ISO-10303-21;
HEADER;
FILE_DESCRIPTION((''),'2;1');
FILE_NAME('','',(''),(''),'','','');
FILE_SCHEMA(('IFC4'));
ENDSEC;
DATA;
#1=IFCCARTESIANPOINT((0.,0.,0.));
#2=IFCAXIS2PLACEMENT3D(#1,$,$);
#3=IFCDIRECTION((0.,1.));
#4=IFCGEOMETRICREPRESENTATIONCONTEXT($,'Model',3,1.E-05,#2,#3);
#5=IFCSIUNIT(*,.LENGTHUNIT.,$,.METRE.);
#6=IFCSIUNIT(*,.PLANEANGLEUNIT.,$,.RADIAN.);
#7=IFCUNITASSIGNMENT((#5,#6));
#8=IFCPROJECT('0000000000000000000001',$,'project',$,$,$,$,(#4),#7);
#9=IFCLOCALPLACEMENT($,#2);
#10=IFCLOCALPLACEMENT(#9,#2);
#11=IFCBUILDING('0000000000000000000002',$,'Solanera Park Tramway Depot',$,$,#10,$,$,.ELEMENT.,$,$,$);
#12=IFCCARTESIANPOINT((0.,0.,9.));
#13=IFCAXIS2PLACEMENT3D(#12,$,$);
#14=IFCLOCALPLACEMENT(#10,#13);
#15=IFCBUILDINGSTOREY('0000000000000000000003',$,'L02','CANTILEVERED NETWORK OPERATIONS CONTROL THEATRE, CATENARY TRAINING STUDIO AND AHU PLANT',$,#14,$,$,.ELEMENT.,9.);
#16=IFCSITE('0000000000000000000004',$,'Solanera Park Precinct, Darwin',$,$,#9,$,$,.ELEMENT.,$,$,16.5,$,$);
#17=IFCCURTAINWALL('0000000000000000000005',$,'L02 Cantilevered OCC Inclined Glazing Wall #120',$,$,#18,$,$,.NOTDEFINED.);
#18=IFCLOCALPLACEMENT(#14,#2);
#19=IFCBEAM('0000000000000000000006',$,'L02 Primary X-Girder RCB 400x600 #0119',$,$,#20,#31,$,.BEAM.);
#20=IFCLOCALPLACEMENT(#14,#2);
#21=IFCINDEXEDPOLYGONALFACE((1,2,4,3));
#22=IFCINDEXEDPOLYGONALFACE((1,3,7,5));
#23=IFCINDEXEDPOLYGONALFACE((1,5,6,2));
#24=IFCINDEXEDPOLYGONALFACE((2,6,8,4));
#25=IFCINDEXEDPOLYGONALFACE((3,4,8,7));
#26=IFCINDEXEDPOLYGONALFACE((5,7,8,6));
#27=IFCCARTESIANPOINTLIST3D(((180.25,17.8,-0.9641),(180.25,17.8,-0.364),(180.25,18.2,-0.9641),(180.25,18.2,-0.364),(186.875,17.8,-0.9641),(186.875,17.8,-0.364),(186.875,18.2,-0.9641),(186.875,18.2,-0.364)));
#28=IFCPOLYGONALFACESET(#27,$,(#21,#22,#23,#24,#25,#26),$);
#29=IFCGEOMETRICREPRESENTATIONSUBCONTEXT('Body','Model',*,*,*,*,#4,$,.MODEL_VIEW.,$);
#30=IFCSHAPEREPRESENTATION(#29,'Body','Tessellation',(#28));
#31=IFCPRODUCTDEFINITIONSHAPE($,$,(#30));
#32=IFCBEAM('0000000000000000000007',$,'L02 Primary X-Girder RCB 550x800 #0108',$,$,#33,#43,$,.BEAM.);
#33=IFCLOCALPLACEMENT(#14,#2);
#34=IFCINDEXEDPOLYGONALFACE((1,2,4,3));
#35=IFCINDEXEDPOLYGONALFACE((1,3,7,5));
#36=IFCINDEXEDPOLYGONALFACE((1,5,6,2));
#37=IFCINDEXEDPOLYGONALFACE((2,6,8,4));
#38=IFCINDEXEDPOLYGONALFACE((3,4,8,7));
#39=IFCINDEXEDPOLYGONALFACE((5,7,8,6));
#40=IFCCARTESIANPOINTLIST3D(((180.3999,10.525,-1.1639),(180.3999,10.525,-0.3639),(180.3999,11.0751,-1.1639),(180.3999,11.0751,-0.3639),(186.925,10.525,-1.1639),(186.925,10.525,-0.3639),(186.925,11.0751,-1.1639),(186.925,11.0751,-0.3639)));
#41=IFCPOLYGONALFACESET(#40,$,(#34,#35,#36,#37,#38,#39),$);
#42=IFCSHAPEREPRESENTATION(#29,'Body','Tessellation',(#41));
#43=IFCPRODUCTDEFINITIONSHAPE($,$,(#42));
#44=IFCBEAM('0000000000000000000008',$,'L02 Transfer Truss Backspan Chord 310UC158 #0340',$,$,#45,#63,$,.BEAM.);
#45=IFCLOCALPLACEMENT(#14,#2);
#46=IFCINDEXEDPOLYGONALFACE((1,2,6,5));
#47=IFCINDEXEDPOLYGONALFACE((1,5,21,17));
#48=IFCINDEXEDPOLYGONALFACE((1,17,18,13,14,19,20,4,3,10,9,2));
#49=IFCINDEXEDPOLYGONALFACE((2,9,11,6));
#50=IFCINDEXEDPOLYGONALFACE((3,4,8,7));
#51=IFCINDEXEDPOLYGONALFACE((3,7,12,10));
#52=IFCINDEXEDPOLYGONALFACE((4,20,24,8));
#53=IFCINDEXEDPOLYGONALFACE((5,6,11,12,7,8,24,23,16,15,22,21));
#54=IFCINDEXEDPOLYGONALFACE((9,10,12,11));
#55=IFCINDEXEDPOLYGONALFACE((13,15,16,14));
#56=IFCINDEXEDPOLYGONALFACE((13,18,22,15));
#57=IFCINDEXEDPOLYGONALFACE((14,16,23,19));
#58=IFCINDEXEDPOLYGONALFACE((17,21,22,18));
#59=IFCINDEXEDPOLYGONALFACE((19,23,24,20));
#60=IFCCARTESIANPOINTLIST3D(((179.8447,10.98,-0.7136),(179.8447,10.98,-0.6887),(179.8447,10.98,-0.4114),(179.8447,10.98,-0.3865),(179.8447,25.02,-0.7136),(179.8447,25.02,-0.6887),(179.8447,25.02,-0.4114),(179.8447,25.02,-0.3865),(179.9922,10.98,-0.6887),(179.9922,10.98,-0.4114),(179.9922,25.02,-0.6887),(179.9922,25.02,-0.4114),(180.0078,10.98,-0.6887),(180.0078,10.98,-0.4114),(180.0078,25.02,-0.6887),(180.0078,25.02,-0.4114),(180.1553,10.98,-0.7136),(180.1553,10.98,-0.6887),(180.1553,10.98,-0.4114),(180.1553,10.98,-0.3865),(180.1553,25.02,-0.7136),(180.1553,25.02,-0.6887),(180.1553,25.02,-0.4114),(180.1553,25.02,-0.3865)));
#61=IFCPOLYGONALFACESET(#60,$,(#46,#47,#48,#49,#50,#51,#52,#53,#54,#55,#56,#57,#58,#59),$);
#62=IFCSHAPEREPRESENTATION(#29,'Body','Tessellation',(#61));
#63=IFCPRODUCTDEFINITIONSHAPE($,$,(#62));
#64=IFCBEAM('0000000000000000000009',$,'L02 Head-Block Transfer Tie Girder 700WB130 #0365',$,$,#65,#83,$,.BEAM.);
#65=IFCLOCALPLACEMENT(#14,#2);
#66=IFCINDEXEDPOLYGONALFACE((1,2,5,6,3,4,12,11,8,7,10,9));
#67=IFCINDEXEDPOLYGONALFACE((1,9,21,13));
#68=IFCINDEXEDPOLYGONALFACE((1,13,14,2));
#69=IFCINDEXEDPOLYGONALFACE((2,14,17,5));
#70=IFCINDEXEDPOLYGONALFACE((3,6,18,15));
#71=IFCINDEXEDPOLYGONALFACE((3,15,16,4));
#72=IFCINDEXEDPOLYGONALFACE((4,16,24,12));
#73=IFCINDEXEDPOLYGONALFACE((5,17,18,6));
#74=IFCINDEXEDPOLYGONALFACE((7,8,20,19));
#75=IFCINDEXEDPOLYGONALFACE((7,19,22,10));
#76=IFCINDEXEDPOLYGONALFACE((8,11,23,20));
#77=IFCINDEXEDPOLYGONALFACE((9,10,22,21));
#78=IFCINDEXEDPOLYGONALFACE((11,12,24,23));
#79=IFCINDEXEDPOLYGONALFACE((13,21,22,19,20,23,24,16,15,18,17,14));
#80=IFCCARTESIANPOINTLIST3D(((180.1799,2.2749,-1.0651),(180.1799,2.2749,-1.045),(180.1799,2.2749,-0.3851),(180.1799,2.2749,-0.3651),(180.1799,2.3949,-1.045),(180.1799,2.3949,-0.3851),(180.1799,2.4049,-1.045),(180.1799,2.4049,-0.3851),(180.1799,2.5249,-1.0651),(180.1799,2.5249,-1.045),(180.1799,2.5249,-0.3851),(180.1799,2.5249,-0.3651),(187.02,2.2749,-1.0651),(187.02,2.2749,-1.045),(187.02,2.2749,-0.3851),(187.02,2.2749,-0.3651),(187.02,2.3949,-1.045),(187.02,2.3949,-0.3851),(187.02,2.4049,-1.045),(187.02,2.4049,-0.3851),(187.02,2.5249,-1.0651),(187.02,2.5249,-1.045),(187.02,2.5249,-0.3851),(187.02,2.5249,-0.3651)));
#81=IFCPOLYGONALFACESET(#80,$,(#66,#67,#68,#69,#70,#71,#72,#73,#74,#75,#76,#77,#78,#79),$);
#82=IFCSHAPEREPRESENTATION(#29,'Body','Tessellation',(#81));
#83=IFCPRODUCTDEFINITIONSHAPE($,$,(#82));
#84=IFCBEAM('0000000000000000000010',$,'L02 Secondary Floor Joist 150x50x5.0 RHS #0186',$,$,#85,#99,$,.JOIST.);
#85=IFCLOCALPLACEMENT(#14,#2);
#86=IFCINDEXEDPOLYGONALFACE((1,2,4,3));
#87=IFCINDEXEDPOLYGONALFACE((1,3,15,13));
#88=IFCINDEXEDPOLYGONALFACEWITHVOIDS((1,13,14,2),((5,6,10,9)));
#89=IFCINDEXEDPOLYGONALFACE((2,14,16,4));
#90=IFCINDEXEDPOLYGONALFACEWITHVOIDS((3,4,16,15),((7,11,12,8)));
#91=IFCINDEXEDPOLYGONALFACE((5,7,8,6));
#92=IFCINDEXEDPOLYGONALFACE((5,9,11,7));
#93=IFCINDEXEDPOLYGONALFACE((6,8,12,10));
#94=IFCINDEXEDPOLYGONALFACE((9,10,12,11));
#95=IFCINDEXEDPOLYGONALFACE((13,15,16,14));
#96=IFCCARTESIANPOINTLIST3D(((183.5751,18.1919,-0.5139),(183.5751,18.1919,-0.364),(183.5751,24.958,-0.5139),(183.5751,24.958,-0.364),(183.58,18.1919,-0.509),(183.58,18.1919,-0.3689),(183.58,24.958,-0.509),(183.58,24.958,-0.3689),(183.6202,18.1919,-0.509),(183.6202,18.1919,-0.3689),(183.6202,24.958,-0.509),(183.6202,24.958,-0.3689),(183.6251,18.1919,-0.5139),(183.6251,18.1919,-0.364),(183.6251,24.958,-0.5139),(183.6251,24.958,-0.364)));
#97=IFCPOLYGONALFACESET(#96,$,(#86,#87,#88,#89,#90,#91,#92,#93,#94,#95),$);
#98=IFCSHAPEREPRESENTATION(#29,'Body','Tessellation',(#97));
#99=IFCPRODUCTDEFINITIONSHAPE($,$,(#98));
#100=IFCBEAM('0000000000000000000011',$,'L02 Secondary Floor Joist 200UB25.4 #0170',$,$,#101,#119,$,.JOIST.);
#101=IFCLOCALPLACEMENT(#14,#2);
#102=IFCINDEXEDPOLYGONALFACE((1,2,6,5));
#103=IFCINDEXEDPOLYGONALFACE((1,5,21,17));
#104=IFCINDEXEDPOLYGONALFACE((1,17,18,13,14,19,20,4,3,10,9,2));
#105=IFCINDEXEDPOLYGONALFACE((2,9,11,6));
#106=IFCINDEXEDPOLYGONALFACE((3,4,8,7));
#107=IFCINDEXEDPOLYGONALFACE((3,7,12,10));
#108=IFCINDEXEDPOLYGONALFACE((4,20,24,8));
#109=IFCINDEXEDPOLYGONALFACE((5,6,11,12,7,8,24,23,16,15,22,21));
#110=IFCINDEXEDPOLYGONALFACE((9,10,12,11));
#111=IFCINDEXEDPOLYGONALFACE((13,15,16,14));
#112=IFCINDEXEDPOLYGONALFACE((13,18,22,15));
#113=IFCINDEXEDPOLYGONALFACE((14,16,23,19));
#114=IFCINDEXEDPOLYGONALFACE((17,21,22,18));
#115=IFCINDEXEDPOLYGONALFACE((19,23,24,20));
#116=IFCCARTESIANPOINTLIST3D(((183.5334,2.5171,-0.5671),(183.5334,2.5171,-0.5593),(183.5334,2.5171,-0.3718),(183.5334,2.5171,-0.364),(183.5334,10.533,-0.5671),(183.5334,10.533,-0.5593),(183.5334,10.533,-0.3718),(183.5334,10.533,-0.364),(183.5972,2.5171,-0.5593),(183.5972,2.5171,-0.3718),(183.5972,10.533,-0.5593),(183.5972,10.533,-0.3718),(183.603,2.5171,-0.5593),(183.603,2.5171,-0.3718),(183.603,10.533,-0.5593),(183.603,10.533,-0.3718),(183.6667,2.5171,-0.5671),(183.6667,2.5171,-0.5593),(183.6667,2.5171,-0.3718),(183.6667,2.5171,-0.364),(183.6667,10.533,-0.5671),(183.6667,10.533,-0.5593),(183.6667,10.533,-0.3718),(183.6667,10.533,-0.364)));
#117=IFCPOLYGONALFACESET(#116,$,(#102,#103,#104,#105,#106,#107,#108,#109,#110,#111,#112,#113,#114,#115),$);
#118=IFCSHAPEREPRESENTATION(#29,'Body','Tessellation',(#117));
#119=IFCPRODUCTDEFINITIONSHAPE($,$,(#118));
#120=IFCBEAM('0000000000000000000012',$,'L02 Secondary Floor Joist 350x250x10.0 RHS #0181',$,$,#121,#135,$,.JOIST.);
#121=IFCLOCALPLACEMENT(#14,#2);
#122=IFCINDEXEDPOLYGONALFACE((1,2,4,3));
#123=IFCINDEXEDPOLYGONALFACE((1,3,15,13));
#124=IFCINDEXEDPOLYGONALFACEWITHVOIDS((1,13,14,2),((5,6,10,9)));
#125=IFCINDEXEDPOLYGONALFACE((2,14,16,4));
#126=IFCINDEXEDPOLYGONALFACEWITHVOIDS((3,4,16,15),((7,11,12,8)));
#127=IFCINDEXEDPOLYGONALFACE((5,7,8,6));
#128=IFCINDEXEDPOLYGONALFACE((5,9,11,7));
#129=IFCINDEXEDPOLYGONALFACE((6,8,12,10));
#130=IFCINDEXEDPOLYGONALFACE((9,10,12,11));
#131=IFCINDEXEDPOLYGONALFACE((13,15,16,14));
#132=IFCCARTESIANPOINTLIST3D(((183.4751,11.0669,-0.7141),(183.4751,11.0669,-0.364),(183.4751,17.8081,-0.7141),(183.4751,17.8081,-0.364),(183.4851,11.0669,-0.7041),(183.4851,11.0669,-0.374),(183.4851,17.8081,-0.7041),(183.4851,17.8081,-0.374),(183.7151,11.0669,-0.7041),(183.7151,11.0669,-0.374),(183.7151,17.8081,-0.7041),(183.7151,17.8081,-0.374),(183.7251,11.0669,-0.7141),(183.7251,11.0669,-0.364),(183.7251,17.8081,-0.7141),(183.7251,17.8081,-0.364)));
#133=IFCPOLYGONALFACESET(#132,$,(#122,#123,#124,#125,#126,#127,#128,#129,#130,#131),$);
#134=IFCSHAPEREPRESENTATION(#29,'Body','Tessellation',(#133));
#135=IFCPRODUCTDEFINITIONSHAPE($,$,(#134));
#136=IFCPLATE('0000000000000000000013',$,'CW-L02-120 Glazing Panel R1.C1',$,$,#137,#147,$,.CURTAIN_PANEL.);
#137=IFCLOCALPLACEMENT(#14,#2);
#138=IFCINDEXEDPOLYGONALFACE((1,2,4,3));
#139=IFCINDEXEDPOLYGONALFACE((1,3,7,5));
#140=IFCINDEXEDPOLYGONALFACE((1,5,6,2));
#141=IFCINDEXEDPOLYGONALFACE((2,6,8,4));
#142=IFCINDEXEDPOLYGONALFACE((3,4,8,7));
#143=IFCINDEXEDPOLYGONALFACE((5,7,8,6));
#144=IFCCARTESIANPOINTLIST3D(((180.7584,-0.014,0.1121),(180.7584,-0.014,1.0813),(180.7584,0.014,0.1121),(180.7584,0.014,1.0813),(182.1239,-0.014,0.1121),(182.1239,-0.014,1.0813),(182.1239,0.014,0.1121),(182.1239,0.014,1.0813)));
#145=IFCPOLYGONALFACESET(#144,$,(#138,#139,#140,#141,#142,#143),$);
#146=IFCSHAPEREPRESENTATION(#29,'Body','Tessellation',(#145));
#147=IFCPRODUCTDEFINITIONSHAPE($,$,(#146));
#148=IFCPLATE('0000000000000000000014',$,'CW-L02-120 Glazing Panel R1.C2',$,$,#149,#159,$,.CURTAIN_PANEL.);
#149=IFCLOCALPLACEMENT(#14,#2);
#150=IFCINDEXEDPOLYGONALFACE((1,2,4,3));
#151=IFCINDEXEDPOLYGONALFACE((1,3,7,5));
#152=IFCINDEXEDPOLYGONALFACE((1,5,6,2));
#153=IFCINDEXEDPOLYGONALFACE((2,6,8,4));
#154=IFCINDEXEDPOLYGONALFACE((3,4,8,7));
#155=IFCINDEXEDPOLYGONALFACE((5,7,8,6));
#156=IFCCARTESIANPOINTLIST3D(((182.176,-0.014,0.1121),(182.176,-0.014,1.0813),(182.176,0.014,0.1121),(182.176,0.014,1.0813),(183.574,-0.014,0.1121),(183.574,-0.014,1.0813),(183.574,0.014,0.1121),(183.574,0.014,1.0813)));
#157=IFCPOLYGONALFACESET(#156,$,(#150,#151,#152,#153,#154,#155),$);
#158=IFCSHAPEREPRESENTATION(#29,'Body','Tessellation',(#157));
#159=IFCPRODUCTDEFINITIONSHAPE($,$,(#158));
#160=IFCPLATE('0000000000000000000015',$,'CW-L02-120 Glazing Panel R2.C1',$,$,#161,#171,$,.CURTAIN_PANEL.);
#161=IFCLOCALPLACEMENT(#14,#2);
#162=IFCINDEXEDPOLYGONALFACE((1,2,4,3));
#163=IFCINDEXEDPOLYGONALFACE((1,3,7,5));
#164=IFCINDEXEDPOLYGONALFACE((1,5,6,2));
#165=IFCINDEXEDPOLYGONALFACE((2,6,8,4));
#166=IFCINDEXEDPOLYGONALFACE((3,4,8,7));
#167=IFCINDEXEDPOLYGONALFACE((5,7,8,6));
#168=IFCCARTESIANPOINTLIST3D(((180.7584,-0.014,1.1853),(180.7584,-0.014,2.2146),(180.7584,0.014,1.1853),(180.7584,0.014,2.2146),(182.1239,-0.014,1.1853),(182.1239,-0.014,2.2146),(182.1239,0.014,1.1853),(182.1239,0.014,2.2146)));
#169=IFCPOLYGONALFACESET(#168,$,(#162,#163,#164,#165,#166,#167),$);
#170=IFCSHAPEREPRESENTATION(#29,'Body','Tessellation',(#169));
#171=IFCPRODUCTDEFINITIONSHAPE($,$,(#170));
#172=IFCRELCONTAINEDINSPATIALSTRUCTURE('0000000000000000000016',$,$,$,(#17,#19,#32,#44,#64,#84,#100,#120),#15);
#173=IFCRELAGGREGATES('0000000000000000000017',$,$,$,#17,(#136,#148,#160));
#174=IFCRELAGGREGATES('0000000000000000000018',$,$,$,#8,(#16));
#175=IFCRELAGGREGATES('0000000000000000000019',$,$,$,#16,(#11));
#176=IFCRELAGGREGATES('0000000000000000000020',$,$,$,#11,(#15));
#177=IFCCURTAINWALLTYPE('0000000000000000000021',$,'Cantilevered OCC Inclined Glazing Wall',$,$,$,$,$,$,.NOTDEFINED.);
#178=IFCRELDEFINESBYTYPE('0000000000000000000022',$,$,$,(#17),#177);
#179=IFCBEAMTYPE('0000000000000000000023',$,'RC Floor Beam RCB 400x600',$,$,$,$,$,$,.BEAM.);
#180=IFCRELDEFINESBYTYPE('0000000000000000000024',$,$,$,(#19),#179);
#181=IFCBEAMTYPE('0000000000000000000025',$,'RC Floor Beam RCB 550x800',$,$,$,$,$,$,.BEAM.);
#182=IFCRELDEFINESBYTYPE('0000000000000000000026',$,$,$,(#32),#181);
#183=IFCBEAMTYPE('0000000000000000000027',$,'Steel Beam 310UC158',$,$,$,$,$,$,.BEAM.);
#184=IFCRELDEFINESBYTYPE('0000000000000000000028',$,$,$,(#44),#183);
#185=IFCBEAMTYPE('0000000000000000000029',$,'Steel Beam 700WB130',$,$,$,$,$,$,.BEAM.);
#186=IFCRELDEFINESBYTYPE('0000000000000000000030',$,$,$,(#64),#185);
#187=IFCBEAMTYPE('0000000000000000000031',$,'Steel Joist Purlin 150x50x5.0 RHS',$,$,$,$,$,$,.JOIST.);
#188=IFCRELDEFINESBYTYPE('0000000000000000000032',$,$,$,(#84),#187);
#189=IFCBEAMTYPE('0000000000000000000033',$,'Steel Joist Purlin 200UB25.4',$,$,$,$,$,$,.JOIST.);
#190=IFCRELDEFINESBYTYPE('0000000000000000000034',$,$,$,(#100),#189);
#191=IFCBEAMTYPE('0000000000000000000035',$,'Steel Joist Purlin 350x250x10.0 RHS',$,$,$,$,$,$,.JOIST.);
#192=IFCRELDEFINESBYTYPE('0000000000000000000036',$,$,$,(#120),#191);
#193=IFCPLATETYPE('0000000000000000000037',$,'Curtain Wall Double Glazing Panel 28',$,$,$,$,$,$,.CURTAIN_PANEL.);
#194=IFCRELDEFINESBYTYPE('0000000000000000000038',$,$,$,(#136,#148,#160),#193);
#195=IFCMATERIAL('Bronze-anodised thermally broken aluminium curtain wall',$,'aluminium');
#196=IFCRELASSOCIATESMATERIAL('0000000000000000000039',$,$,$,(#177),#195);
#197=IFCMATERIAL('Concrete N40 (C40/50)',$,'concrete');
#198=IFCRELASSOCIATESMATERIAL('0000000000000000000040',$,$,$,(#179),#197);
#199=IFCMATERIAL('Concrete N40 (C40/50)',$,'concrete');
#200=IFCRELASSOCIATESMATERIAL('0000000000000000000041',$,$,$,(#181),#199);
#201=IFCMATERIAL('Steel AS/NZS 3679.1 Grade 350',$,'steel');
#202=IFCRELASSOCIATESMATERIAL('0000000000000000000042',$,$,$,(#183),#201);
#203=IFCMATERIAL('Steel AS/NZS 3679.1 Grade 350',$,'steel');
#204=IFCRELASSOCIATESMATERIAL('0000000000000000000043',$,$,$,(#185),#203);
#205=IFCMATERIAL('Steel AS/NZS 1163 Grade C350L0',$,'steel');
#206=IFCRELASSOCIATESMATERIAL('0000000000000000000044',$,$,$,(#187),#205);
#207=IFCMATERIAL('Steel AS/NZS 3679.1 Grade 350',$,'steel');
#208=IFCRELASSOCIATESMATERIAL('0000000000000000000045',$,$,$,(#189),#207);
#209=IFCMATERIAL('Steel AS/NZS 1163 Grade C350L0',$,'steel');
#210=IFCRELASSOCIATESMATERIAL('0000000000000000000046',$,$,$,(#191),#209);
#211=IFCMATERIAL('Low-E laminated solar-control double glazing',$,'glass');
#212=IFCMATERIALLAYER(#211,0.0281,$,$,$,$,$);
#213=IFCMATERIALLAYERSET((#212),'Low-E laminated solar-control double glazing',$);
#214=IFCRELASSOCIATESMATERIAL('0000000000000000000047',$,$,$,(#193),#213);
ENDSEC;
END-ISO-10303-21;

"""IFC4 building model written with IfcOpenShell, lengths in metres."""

from ifc_helpers import new_model, si_unit, direction, frame, origin, origin_2d, place, context, subcontext, project, spatial, rectangle, hollow_rectangle, i_section, extrude, material, layer, layer_set, material_profile, profile_set, type_object, element, aggregate, save


model = new_model("IFC4")

# Units and contexts
model_context = context("Model", 3, precision=1e-05, world=origin(), true_north=direction((0.0, 1.0)))
body_context = subcontext(model_context, "Body", "Model", "MODEL_VIEW")
ifc_project = project(units=[si_unit("LENGTHUNIT", "METRE"), si_unit("PLANEANGLEUNIT", "RADIAN")], contexts=[model_context])

# Site, building, storey
site_placement = place(None, origin())
site = spatial("IfcSite", under=ifc_project, at=site_placement, Name="Solanera Park Precinct, Darwin", CompositionType="ELEMENT", RefElevation=16.5)
building_placement = place(site_placement, origin())
building = spatial("IfcBuilding", under=site, at=building_placement, Name="Solanera Park Tramway Depot", CompositionType="ELEMENT")
storey_placement = place(building_placement, frame((0.0, 0.0, 9.0)))
storey = spatial("IfcBuildingStorey", under=building, at=storey_placement, Name="L02", Description="CANTILEVERED NETWORK OPERATIONS CONTROL THEATRE, CATENARY TRAINING STUDIO AND AHU PLANT", CompositionType="ELEMENT", Elevation=9.0)

# Curtain wall
ifc_material_1 = material(Name="Bronze-anodised thermally broken aluminium curtain wall", Category="aluminium")
curtain_wall_type = type_object("IfcCurtainWallType", Name="Cantilevered OCC Inclined Glazing Wall", PredefinedType="NOTDEFINED", material=ifc_material_1)
curtain_wall_placement = place(storey_placement, origin())
curtain_wall = element("IfcCurtainWall", 1, at=curtain_wall_placement, inside=storey, type_object=curtain_wall_type, Name="L02 Cantilevered OCC Inclined Glazing Wall #120", PredefinedType="NOTDEFINED")

# Beams
ifc_material_2 = material(Name="Concrete N40 (C40/50)", Category="concrete")
ifc_material_profile_1 = material_profile(ifc_material_2, rectangle(XDim=0.3999, YDim=0.6001, at=origin_2d()), Name="RCB 400x600")
ifc_profile_set_1 = profile_set([ifc_material_profile_1], Name="Concrete N40 (C40/50)")
beam_type_1 = type_object("IfcBeamType", Name="RC Floor Beam RCB 400x600", PredefinedType="BEAM", material=ifc_profile_set_1)
beam_1_placement = place(storey_placement, frame((180.25, 18.0, -0.6641), z_axis=(1.0, 0.0, 0.0), x_axis=(0.0, 1.0, 0.0)))
element("IfcBeam", 2, at=beam_1_placement, inside=storey, type_object=beam_type_1, Name="L02 Primary X-Girder RCB 400x600 #0119", PredefinedType="BEAM", context=body_context, shape_type="SweptSolid", body=[
    extrude(rectangle(XDim=0.3999, YDim=0.6001, at=origin_2d()), origin(), (0.0, 0.0, 1.0), 6.625),
])
ifc_material_3 = material(Name="Concrete N40 (C40/50)", Category="concrete")
ifc_material_profile_2 = material_profile(ifc_material_3, rectangle(XDim=0.55, YDim=0.8, at=origin_2d()), Name="RCB 550x800")
ifc_profile_set_2 = profile_set([ifc_material_profile_2], Name="Concrete N40 (C40/50)")
beam_type_2 = type_object("IfcBeamType", Name="RC Floor Beam RCB 550x800", PredefinedType="BEAM", material=ifc_profile_set_2)
beam_2_placement = place(storey_placement, frame((180.3999, 10.8, -0.7639), z_axis=(1.0, 0.0, 0.0), x_axis=(0.0, 1.0, 0.0)))
element("IfcBeam", 3, at=beam_2_placement, inside=storey, type_object=beam_type_2, Name="L02 Primary X-Girder RCB 550x800 #0108", PredefinedType="BEAM", context=body_context, shape_type="SweptSolid", body=[
    extrude(rectangle(XDim=0.55, YDim=0.8, at=origin_2d()), origin(), (0.0, 0.0, 1.0), 6.5251),
])
ifc_material_4 = material(Name="Steel AS/NZS 3679.1 Grade 350", Category="steel")
ifc_material_profile_3 = material_profile(ifc_material_4, i_section(OverallWidth=0.3105, OverallDepth=0.3271, WebThickness=0.0156, FlangeThickness=0.0249, at=origin_2d()), Name="310UC158")
ifc_profile_set_3 = profile_set([ifc_material_profile_3], Name="Steel AS/NZS 3679.1 Grade 350")
beam_type_3 = type_object("IfcBeamType", Name="Steel Beam 310UC158", PredefinedType="BEAM", material=ifc_profile_set_3)
beam_3_placement = place(storey_placement, frame((180.0, 10.98, -0.55), z_axis=(0.0, 1.0, 0.0), x_axis=(-1.0, 0.0, 0.0)))
element("IfcBeam", 4, at=beam_3_placement, inside=storey, type_object=beam_type_3, Name="L02 Transfer Truss Backspan Chord 310UC158 #0340", PredefinedType="BEAM", context=body_context, shape_type="SweptSolid", body=[
    extrude(i_section(OverallWidth=0.3105, OverallDepth=0.3271, WebThickness=0.0156, FlangeThickness=0.0249, at=origin_2d()), origin(), (0.0, 0.0, 1.0), 14.04),
])
ifc_material_5 = material(Name="Steel AS/NZS 3679.1 Grade 350", Category="steel")
ifc_material_profile_4 = material_profile(ifc_material_5, i_section(OverallWidth=0.25, OverallDepth=0.7, WebThickness=0.01, FlangeThickness=0.02, at=origin_2d()), Name="700WB130")
ifc_profile_set_4 = profile_set([ifc_material_profile_4], Name="Steel AS/NZS 3679.1 Grade 350")
beam_type_4 = type_object("IfcBeamType", Name="Steel Beam 700WB130", PredefinedType="BEAM", material=ifc_profile_set_4)
beam_4_placement = place(storey_placement, frame((180.1799, 2.3999, -0.7151), z_axis=(1.0, 0.0, 0.0), x_axis=(0.0, 1.0, 0.0)))
element("IfcBeam", 5, at=beam_4_placement, inside=storey, type_object=beam_type_4, Name="L02 Head-Block Transfer Tie Girder 700WB130 #0365", PredefinedType="BEAM", context=body_context, shape_type="SweptSolid", body=[
    extrude(i_section(OverallWidth=0.25, OverallDepth=0.7, WebThickness=0.01, FlangeThickness=0.02, at=origin_2d()), origin(), (0.0, 0.0, 1.0), 6.8401),
])
ifc_material_6 = material(Name="Steel AS/NZS 1163 Grade C350L0", Category="steel")
ifc_material_profile_5 = material_profile(ifc_material_6, hollow_rectangle(XDim=0.05, YDim=0.1499, WallThickness=0.0049, at=origin_2d()), Name="150x50x5.0 RHS")
ifc_profile_set_5 = profile_set([ifc_material_profile_5], Name="Steel AS/NZS 1163 Grade C350L0")
beam_type_5 = type_object("IfcBeamType", Name="Steel Joist Purlin 150x50x5.0 RHS", PredefinedType="JOIST", material=ifc_profile_set_5)
beam_5_placement = place(storey_placement, frame((183.6001, 18.1919, -0.439), z_axis=(0.0, 1.0, 0.0), x_axis=(-1.0, 0.0, 0.0)))
element("IfcBeam", 6, at=beam_5_placement, inside=storey, type_object=beam_type_5, Name="L02 Secondary Floor Joist 150x50x5.0 RHS #0186", PredefinedType="JOIST", context=body_context, shape_type="SweptSolid", body=[
    extrude(hollow_rectangle(XDim=0.05, YDim=0.1499, WallThickness=0.0049, at=origin_2d()), origin(), (0.0, 0.0, 1.0), 6.7661),
])
ifc_material_7 = material(Name="Steel AS/NZS 3679.1 Grade 350", Category="steel")
ifc_material_profile_6 = material_profile(ifc_material_7, i_section(OverallWidth=0.1333, OverallDepth=0.2031, WebThickness=0.0059, FlangeThickness=0.0078, at=origin_2d()), Name="200UB25.4")
ifc_profile_set_6 = profile_set([ifc_material_profile_6], Name="Steel AS/NZS 3679.1 Grade 350")
beam_type_6 = type_object("IfcBeamType", Name="Steel Joist Purlin 200UB25.4", PredefinedType="JOIST", material=ifc_profile_set_6)
beam_6_placement = place(storey_placement, frame((183.6001, 2.5171, -0.4656), z_axis=(0.0, 1.0, 0.0), x_axis=(-1.0, 0.0, 0.0)))
element("IfcBeam", 7, at=beam_6_placement, inside=storey, type_object=beam_type_6, Name="L02 Secondary Floor Joist 200UB25.4 #0170", PredefinedType="JOIST", context=body_context, shape_type="SweptSolid", body=[
    extrude(i_section(OverallWidth=0.1333, OverallDepth=0.2031, WebThickness=0.0059, FlangeThickness=0.0078, at=origin_2d()), origin(), (0.0, 0.0, 1.0), 8.0159),
])
ifc_material_8 = material(Name="Steel AS/NZS 1163 Grade C350L0", Category="steel")
ifc_material_profile_7 = material_profile(ifc_material_8, hollow_rectangle(XDim=0.25, YDim=0.3501, WallThickness=0.01, at=origin_2d()), Name="350x250x10.0 RHS")
ifc_profile_set_7 = profile_set([ifc_material_profile_7], Name="Steel AS/NZS 1163 Grade C350L0")
beam_type_7 = type_object("IfcBeamType", Name="Steel Joist Purlin 350x250x10.0 RHS", PredefinedType="JOIST", material=ifc_profile_set_7)
beam_7_placement = place(storey_placement, frame((183.6001, 11.0669, -0.5391), z_axis=(0.0, 1.0, 0.0), x_axis=(-1.0, 0.0, 0.0)))
element("IfcBeam", 8, at=beam_7_placement, inside=storey, type_object=beam_type_7, Name="L02 Secondary Floor Joist 350x250x10.0 RHS #0181", PredefinedType="JOIST", context=body_context, shape_type="SweptSolid", body=[
    extrude(hollow_rectangle(XDim=0.25, YDim=0.3501, WallThickness=0.01, at=origin_2d()), origin(), (0.0, 0.0, 1.0), 6.7412),
])

# Plates
ifc_material_9 = material(Name="Low-E laminated solar-control double glazing", Category="glass")
ifc_layer_1 = layer(ifc_material_9, 0.0281)
ifc_layer_set_1 = layer_set([ifc_layer_1], Name="Low-E laminated solar-control double glazing")
plate_type_1 = type_object("IfcPlateType", Name="Curtain Wall Double Glazing Panel 28", PredefinedType="CURTAIN_PANEL", material=ifc_layer_set_1)
plate_1_placement = place(storey_placement, frame((181.4412, 0.0, 0.1121), z_axis=(0.0, 0.0, 1.0), x_axis=(1.0, 0.0, 0.0)))
plate_1 = element("IfcPlate", 9, at=plate_1_placement, type_object=plate_type_1, Name="CW-L02-120 Glazing Panel R1.C1", PredefinedType="CURTAIN_PANEL", context=body_context, shape_type="SweptSolid", body=[
    extrude(rectangle(XDim=1.3655, YDim=0.0281, at=origin_2d()), origin(), (0.0, 0.0, 1.0), 0.9692),
])
plate_2_placement = place(storey_placement, frame((182.875, 0.0, 0.1121), z_axis=(0.0, 0.0, 1.0), x_axis=(1.0, 0.0, 0.0)))
plate_2 = element("IfcPlate", 10, at=plate_2_placement, type_object=plate_type_1, Name="CW-L02-120 Glazing Panel R1.C2", PredefinedType="CURTAIN_PANEL", context=body_context, shape_type="SweptSolid", body=[
    extrude(rectangle(XDim=1.3979, YDim=0.0281, at=origin_2d()), origin(), (0.0, 0.0, 1.0), 0.9692),
])
plate_3_placement = place(storey_placement, frame((181.4412, 0.0, 1.1853), z_axis=(0.0, 0.0, 1.0), x_axis=(1.0, 0.0, 0.0)))
plate_3 = element("IfcPlate", 11, at=plate_3_placement, type_object=plate_type_1, Name="CW-L02-120 Glazing Panel R2.C1", PredefinedType="CURTAIN_PANEL", context=body_context, shape_type="SweptSolid", body=[
    extrude(rectangle(XDim=1.3655, YDim=0.0281, at=origin_2d()), origin(), (0.0, 0.0, 1.0), 1.0293),
])
aggregate(curtain_wall, [plate_1, plate_2, plate_3])

save(model, "model.ifc")
